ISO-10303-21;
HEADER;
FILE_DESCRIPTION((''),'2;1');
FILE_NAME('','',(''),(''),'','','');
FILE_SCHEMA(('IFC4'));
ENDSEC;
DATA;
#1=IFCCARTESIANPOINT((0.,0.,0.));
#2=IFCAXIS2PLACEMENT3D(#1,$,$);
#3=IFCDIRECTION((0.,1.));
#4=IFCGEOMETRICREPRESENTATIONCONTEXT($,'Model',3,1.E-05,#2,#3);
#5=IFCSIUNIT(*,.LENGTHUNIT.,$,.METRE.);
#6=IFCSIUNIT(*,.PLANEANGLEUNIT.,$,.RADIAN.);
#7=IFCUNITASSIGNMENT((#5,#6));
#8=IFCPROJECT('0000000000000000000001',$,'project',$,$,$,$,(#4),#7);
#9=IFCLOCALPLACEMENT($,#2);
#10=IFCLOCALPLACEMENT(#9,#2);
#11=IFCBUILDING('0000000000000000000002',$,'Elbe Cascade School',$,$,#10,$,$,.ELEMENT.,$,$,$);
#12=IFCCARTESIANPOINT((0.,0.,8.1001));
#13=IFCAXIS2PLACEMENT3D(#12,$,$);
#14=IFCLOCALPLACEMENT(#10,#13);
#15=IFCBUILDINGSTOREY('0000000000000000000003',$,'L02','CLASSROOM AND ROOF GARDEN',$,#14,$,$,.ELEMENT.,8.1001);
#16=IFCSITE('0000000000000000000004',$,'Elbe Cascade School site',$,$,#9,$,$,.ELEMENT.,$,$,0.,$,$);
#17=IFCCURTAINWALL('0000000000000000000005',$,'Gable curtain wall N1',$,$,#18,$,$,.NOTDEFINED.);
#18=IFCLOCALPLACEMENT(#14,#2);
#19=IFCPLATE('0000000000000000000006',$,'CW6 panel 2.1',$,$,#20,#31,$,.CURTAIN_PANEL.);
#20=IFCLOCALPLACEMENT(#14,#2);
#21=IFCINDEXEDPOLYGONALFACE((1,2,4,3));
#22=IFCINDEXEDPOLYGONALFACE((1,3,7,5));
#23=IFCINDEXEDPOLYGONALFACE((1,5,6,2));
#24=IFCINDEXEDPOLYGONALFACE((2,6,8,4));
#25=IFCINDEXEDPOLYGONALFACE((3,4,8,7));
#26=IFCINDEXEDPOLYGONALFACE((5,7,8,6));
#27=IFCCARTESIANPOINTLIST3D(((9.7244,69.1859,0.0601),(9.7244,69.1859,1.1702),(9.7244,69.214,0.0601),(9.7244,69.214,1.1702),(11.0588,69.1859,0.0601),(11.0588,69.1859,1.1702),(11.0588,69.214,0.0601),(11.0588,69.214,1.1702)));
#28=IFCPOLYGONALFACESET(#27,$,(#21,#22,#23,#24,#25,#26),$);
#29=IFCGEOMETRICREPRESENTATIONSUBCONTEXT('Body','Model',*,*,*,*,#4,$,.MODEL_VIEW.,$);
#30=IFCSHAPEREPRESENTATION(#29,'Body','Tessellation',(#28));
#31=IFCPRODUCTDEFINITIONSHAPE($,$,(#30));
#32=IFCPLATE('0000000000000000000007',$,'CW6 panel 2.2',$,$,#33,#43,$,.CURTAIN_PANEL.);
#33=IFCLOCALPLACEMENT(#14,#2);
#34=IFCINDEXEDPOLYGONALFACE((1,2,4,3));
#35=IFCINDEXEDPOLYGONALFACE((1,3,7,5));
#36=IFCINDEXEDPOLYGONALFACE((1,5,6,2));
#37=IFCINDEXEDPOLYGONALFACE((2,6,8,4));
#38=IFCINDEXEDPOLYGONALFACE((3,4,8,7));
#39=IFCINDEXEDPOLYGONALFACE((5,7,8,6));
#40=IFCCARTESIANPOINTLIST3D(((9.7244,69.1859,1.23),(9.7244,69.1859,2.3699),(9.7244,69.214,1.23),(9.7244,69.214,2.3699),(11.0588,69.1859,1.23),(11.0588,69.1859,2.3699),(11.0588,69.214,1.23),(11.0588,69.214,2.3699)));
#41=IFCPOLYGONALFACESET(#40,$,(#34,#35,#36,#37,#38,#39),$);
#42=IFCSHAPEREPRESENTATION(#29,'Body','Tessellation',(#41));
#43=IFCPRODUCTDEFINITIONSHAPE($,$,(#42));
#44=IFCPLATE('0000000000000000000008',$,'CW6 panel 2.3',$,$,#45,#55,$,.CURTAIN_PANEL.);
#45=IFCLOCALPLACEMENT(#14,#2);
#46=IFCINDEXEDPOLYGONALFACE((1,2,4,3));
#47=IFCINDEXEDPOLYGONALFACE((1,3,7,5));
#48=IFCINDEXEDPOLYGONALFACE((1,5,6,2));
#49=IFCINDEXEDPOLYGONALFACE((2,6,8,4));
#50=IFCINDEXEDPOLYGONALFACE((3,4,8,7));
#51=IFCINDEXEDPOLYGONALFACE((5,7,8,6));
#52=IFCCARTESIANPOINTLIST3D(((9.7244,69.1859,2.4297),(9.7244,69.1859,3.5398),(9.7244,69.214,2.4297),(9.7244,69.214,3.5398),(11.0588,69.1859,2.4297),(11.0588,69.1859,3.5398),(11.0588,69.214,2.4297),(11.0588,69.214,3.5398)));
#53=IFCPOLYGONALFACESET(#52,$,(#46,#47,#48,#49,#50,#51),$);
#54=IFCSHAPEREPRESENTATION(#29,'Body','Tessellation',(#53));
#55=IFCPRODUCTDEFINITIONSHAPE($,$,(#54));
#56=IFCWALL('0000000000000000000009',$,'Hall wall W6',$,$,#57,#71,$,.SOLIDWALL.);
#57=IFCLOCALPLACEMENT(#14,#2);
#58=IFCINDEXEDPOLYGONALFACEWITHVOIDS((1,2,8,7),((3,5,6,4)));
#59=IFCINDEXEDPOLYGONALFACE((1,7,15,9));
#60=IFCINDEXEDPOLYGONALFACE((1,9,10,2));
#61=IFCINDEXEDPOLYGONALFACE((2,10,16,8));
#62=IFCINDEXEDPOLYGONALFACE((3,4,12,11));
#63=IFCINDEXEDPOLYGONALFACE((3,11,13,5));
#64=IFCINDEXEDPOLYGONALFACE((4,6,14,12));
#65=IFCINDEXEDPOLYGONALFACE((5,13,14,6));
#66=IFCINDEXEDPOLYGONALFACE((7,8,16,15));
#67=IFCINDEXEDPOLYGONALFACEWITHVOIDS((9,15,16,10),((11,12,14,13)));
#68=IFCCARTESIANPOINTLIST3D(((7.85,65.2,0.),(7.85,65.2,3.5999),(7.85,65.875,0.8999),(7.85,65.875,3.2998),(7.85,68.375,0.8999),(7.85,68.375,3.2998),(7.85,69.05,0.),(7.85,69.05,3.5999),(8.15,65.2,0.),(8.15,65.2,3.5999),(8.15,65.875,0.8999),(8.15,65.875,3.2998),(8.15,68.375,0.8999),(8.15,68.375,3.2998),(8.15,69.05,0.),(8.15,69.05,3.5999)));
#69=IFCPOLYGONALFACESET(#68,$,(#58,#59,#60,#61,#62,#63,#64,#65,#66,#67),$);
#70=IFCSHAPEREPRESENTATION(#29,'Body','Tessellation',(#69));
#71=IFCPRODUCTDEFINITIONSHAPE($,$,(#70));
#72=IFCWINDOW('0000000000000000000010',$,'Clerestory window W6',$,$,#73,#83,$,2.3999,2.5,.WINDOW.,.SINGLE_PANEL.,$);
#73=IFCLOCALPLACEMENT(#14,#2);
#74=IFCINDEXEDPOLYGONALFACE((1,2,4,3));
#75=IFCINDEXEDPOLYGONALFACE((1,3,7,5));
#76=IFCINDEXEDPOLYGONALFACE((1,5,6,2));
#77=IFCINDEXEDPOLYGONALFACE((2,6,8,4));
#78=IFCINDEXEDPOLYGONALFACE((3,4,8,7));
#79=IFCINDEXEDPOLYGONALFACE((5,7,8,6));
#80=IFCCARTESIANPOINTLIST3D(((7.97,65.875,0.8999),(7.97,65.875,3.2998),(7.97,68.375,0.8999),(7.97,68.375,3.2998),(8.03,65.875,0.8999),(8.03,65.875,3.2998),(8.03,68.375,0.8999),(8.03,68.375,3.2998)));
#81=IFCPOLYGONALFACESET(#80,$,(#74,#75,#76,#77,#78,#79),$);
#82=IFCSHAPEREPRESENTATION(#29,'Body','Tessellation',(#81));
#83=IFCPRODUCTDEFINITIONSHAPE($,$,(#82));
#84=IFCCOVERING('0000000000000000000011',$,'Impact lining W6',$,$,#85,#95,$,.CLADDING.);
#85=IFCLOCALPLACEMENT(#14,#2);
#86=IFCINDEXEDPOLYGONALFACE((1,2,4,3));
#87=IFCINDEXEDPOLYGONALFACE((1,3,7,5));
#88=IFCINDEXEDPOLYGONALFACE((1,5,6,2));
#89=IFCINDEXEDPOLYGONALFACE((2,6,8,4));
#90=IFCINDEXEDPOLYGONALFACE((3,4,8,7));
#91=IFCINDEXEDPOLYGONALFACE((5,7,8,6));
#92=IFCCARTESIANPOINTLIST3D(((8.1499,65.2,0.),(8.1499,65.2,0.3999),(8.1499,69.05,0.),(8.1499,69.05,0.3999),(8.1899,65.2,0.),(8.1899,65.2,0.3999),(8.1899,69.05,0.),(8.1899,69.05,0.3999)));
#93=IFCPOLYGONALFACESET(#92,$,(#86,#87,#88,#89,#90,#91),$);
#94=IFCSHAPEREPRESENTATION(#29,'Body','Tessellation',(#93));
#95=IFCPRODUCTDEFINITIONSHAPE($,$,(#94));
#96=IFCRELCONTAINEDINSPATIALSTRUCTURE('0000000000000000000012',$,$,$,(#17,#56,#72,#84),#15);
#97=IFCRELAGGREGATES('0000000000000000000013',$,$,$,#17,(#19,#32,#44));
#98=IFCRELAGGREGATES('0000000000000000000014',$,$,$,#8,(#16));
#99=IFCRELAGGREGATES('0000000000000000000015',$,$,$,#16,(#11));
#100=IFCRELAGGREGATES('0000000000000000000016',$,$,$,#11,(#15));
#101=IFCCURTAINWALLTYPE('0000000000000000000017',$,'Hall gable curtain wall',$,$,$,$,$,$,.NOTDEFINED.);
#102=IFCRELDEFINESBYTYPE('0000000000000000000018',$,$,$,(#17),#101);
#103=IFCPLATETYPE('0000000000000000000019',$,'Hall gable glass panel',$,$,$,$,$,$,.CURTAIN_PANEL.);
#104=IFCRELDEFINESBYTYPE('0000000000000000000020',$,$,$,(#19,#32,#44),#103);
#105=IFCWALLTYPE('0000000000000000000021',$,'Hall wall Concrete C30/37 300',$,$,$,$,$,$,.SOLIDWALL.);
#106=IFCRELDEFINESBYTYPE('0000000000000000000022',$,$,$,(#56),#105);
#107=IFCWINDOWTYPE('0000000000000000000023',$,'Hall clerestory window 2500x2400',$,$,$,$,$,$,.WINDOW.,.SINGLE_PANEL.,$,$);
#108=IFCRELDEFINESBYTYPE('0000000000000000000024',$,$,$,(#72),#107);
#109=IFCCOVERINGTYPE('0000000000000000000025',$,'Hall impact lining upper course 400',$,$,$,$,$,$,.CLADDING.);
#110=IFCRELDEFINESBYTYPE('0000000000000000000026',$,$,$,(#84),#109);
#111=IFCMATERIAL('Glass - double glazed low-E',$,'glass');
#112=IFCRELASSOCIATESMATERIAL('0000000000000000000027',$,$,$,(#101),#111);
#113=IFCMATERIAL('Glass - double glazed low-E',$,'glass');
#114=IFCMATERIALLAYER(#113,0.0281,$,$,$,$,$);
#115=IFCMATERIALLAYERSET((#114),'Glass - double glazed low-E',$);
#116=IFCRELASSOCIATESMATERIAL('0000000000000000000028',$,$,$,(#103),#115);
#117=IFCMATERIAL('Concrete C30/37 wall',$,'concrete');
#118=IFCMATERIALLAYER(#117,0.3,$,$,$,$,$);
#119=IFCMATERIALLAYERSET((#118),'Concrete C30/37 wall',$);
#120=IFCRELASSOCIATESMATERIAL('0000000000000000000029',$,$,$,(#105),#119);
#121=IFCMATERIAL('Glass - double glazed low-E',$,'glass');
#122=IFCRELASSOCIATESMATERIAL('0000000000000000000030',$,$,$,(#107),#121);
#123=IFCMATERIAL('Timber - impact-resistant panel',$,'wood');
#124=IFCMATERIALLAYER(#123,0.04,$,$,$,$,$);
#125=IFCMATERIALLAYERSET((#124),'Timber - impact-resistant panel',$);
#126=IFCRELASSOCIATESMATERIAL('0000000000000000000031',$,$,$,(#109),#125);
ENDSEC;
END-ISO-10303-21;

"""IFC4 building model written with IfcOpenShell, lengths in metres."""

from ifc_helpers import new_model, si_unit, direction, frame, frame_2d, origin, origin_2d, place, context, subcontext, project, spatial, rectangle, extrude, material, layer, layer_set, type_object, element, fill, aggregate, save


model = new_model("IFC4")

# Units and contexts
model_context = context("Model", 3, precision=1e-05, world=origin(), true_north=direction((0.0, 1.0)))
body_context = subcontext(model_context, "Body", "Model", "MODEL_VIEW")
ifc_project = project(units=[si_unit("LENGTHUNIT", "METRE"), si_unit("PLANEANGLEUNIT", "RADIAN")], contexts=[model_context])

# Site, building, storey
site_placement = place(None, origin())
site = spatial("IfcSite", under=ifc_project, at=site_placement, Name="Elbe Cascade School site", CompositionType="ELEMENT", RefElevation=0.0)
building_placement = place(site_placement, origin())
building = spatial("IfcBuilding", under=site, at=building_placement, Name="Elbe Cascade School", CompositionType="ELEMENT")
storey_placement = place(building_placement, frame((0.0, 0.0, 8.1001)))
storey = spatial("IfcBuildingStorey", under=building, at=storey_placement, Name="L02", Description="CLASSROOM AND ROOF GARDEN", CompositionType="ELEMENT", Elevation=8.1001)

# Curtain wall, plates
ifc_material_1 = material(Name="Glass - double glazed low-E", Category="glass")
curtain_wall_type = type_object("IfcCurtainWallType", Name="Hall gable curtain wall", PredefinedType="NOTDEFINED", material=ifc_material_1)
curtain_wall_placement = place(storey_placement, origin())
curtain_wall = element("IfcCurtainWall", 1, at=curtain_wall_placement, inside=storey, type_object=curtain_wall_type, Name="Gable curtain wall N1", PredefinedType="NOTDEFINED")
ifc_material_2 = material(Name="Glass - double glazed low-E", Category="glass")
ifc_layer_1 = layer(ifc_material_2, 0.0281)
ifc_layer_set_1 = layer_set([ifc_layer_1], Name="Glass - double glazed low-E")
plate_type = type_object("IfcPlateType", Name="Hall gable glass panel", PredefinedType="CURTAIN_PANEL", material=ifc_layer_set_1)
plate_1_placement = place(storey_placement, frame((10.3916, 69.2, 0.0601), z_axis=(0.0, 0.0, 1.0), x_axis=(1.0, 0.0, 0.0)))
plate_1 = element("IfcPlate", 2, at=plate_1_placement, type_object=plate_type, Name="CW6 panel 2.1", PredefinedType="CURTAIN_PANEL", context=body_context, shape_type="SweptSolid", body=[
    extrude(rectangle(XDim=1.3345, YDim=0.0281, at=origin_2d()), origin(), (0.0, 0.0, 1.0), 1.1101),
])
plate_2_placement = place(storey_placement, frame((10.3916, 69.2, 1.23), z_axis=(0.0, 0.0, 1.0), x_axis=(1.0, 0.0, 0.0)))
plate_2 = element("IfcPlate", 3, at=plate_2_placement, type_object=plate_type, Name="CW6 panel 2.2", PredefinedType="CURTAIN_PANEL", context=body_context, shape_type="SweptSolid", body=[
    extrude(rectangle(XDim=1.3345, YDim=0.0281, at=origin_2d()), origin(), (0.0, 0.0, 1.0), 1.1399),
])
plate_3_placement = place(storey_placement, frame((10.3916, 69.2, 2.4297), z_axis=(0.0, 0.0, 1.0), x_axis=(1.0, 0.0, 0.0)))
plate_3 = element("IfcPlate", 4, at=plate_3_placement, type_object=plate_type, Name="CW6 panel 2.3", PredefinedType="CURTAIN_PANEL", context=body_context, shape_type="SweptSolid", body=[
    extrude(rectangle(XDim=1.3345, YDim=0.0281, at=origin_2d()), origin(), (0.0, 0.0, 1.0), 1.1101),
])
aggregate(curtain_wall, [plate_1, plate_2, plate_3])

# Wall, opening, window
ifc_material_3 = material(Name="Concrete C30/37 wall", Category="concrete")
ifc_layer_2 = layer(ifc_material_3, 0.3)
ifc_layer_set_2 = layer_set([ifc_layer_2], Name="Concrete C30/37 wall")
wall_type = type_object("IfcWallType", Name="Hall wall Concrete C30/37 300", PredefinedType="SOLIDWALL", material=ifc_layer_set_2)
wall_placement = place(storey_placement, frame((8.0, 65.2, 0.0), z_axis=(0.0, 0.0, 1.0), x_axis=(0.0, 1.0, 0.0)))
wall = element("IfcWall", 5, at=wall_placement, inside=storey, type_object=wall_type, Name="Hall wall W6", PredefinedType="SOLIDWALL", context=body_context, shape_type="SweptSolid", body=[
    extrude(rectangle(XDim=3.8501, YDim=0.3, at=frame_2d((1.925, 0.0))), origin(), (0.0, 0.0, 1.0), 3.5999),
])
opening_placement = place(wall_placement, frame((0.675, 0.0, 0.8999)))
opening = element("IfcOpeningElement", 6, at=opening_placement, cuts=wall, PredefinedType="OPENING", context=body_context, shape_type="SweptSolid", body=[
    extrude(rectangle(XDim=2.5, YDim=2.3999, at=frame_2d((1.25, 1.2))), frame((0.0, 0.1599, 0.0), z_axis=(0.0, -1.0, 0.0), x_axis=(1.0, 0.0, 0.0)), (0.0, 0.0, 1.0), 0.3201),
])
ifc_material_4 = material(Name="Glass - double glazed low-E", Category="glass")
window_type = type_object("IfcWindowType", Name="Hall clerestory window 2500x2400", PartitioningType="SINGLE_PANEL", PredefinedType="WINDOW", material=ifc_material_4)
window_placement = place(opening_placement, origin())
window = element("IfcWindow", 7, at=window_placement, inside=storey, type_object=window_type, Name="Clerestory window W6", OverallHeight=2.3999, OverallWidth=2.5, PartitioningType="SINGLE_PANEL", PredefinedType="WINDOW", context=body_context, shape_type="SweptSolid", body=[
    extrude(rectangle(XDim=2.5, YDim=2.3999, at=frame_2d((1.25, 1.2))), frame((0.0, 0.03, 0.0), z_axis=(0.0, -1.0, 0.0), x_axis=(1.0, 0.0, 0.0)), (0.0, 0.0, 1.0), 0.0601),
])
fill(opening, window)

# Covering
ifc_material_5 = material(Name="Timber - impact-resistant panel", Category="wood")
ifc_layer_3 = layer(ifc_material_5, 0.04)
ifc_layer_set_3 = layer_set([ifc_layer_3], Name="Timber - impact-resistant panel")
covering_type = type_object("IfcCoveringType", Name="Hall impact lining upper course 400", PredefinedType="CLADDING", material=ifc_layer_set_3)
covering_placement = place(storey_placement, frame((8.1699, 67.125, 0.0), z_axis=(0.0, 0.0, 1.0), x_axis=(1.0, 0.0, 0.0)))
element("IfcCovering", 8, at=covering_placement, inside=storey, type_object=covering_type, Name="Impact lining W6", PredefinedType="CLADDING", context=body_context, shape_type="SweptSolid", body=[
    extrude(rectangle(XDim=0.04, YDim=3.8501, at=origin_2d()), origin(), (0.0, 0.0, 1.0), 0.3999),
])

save(model, "model.ifc")
